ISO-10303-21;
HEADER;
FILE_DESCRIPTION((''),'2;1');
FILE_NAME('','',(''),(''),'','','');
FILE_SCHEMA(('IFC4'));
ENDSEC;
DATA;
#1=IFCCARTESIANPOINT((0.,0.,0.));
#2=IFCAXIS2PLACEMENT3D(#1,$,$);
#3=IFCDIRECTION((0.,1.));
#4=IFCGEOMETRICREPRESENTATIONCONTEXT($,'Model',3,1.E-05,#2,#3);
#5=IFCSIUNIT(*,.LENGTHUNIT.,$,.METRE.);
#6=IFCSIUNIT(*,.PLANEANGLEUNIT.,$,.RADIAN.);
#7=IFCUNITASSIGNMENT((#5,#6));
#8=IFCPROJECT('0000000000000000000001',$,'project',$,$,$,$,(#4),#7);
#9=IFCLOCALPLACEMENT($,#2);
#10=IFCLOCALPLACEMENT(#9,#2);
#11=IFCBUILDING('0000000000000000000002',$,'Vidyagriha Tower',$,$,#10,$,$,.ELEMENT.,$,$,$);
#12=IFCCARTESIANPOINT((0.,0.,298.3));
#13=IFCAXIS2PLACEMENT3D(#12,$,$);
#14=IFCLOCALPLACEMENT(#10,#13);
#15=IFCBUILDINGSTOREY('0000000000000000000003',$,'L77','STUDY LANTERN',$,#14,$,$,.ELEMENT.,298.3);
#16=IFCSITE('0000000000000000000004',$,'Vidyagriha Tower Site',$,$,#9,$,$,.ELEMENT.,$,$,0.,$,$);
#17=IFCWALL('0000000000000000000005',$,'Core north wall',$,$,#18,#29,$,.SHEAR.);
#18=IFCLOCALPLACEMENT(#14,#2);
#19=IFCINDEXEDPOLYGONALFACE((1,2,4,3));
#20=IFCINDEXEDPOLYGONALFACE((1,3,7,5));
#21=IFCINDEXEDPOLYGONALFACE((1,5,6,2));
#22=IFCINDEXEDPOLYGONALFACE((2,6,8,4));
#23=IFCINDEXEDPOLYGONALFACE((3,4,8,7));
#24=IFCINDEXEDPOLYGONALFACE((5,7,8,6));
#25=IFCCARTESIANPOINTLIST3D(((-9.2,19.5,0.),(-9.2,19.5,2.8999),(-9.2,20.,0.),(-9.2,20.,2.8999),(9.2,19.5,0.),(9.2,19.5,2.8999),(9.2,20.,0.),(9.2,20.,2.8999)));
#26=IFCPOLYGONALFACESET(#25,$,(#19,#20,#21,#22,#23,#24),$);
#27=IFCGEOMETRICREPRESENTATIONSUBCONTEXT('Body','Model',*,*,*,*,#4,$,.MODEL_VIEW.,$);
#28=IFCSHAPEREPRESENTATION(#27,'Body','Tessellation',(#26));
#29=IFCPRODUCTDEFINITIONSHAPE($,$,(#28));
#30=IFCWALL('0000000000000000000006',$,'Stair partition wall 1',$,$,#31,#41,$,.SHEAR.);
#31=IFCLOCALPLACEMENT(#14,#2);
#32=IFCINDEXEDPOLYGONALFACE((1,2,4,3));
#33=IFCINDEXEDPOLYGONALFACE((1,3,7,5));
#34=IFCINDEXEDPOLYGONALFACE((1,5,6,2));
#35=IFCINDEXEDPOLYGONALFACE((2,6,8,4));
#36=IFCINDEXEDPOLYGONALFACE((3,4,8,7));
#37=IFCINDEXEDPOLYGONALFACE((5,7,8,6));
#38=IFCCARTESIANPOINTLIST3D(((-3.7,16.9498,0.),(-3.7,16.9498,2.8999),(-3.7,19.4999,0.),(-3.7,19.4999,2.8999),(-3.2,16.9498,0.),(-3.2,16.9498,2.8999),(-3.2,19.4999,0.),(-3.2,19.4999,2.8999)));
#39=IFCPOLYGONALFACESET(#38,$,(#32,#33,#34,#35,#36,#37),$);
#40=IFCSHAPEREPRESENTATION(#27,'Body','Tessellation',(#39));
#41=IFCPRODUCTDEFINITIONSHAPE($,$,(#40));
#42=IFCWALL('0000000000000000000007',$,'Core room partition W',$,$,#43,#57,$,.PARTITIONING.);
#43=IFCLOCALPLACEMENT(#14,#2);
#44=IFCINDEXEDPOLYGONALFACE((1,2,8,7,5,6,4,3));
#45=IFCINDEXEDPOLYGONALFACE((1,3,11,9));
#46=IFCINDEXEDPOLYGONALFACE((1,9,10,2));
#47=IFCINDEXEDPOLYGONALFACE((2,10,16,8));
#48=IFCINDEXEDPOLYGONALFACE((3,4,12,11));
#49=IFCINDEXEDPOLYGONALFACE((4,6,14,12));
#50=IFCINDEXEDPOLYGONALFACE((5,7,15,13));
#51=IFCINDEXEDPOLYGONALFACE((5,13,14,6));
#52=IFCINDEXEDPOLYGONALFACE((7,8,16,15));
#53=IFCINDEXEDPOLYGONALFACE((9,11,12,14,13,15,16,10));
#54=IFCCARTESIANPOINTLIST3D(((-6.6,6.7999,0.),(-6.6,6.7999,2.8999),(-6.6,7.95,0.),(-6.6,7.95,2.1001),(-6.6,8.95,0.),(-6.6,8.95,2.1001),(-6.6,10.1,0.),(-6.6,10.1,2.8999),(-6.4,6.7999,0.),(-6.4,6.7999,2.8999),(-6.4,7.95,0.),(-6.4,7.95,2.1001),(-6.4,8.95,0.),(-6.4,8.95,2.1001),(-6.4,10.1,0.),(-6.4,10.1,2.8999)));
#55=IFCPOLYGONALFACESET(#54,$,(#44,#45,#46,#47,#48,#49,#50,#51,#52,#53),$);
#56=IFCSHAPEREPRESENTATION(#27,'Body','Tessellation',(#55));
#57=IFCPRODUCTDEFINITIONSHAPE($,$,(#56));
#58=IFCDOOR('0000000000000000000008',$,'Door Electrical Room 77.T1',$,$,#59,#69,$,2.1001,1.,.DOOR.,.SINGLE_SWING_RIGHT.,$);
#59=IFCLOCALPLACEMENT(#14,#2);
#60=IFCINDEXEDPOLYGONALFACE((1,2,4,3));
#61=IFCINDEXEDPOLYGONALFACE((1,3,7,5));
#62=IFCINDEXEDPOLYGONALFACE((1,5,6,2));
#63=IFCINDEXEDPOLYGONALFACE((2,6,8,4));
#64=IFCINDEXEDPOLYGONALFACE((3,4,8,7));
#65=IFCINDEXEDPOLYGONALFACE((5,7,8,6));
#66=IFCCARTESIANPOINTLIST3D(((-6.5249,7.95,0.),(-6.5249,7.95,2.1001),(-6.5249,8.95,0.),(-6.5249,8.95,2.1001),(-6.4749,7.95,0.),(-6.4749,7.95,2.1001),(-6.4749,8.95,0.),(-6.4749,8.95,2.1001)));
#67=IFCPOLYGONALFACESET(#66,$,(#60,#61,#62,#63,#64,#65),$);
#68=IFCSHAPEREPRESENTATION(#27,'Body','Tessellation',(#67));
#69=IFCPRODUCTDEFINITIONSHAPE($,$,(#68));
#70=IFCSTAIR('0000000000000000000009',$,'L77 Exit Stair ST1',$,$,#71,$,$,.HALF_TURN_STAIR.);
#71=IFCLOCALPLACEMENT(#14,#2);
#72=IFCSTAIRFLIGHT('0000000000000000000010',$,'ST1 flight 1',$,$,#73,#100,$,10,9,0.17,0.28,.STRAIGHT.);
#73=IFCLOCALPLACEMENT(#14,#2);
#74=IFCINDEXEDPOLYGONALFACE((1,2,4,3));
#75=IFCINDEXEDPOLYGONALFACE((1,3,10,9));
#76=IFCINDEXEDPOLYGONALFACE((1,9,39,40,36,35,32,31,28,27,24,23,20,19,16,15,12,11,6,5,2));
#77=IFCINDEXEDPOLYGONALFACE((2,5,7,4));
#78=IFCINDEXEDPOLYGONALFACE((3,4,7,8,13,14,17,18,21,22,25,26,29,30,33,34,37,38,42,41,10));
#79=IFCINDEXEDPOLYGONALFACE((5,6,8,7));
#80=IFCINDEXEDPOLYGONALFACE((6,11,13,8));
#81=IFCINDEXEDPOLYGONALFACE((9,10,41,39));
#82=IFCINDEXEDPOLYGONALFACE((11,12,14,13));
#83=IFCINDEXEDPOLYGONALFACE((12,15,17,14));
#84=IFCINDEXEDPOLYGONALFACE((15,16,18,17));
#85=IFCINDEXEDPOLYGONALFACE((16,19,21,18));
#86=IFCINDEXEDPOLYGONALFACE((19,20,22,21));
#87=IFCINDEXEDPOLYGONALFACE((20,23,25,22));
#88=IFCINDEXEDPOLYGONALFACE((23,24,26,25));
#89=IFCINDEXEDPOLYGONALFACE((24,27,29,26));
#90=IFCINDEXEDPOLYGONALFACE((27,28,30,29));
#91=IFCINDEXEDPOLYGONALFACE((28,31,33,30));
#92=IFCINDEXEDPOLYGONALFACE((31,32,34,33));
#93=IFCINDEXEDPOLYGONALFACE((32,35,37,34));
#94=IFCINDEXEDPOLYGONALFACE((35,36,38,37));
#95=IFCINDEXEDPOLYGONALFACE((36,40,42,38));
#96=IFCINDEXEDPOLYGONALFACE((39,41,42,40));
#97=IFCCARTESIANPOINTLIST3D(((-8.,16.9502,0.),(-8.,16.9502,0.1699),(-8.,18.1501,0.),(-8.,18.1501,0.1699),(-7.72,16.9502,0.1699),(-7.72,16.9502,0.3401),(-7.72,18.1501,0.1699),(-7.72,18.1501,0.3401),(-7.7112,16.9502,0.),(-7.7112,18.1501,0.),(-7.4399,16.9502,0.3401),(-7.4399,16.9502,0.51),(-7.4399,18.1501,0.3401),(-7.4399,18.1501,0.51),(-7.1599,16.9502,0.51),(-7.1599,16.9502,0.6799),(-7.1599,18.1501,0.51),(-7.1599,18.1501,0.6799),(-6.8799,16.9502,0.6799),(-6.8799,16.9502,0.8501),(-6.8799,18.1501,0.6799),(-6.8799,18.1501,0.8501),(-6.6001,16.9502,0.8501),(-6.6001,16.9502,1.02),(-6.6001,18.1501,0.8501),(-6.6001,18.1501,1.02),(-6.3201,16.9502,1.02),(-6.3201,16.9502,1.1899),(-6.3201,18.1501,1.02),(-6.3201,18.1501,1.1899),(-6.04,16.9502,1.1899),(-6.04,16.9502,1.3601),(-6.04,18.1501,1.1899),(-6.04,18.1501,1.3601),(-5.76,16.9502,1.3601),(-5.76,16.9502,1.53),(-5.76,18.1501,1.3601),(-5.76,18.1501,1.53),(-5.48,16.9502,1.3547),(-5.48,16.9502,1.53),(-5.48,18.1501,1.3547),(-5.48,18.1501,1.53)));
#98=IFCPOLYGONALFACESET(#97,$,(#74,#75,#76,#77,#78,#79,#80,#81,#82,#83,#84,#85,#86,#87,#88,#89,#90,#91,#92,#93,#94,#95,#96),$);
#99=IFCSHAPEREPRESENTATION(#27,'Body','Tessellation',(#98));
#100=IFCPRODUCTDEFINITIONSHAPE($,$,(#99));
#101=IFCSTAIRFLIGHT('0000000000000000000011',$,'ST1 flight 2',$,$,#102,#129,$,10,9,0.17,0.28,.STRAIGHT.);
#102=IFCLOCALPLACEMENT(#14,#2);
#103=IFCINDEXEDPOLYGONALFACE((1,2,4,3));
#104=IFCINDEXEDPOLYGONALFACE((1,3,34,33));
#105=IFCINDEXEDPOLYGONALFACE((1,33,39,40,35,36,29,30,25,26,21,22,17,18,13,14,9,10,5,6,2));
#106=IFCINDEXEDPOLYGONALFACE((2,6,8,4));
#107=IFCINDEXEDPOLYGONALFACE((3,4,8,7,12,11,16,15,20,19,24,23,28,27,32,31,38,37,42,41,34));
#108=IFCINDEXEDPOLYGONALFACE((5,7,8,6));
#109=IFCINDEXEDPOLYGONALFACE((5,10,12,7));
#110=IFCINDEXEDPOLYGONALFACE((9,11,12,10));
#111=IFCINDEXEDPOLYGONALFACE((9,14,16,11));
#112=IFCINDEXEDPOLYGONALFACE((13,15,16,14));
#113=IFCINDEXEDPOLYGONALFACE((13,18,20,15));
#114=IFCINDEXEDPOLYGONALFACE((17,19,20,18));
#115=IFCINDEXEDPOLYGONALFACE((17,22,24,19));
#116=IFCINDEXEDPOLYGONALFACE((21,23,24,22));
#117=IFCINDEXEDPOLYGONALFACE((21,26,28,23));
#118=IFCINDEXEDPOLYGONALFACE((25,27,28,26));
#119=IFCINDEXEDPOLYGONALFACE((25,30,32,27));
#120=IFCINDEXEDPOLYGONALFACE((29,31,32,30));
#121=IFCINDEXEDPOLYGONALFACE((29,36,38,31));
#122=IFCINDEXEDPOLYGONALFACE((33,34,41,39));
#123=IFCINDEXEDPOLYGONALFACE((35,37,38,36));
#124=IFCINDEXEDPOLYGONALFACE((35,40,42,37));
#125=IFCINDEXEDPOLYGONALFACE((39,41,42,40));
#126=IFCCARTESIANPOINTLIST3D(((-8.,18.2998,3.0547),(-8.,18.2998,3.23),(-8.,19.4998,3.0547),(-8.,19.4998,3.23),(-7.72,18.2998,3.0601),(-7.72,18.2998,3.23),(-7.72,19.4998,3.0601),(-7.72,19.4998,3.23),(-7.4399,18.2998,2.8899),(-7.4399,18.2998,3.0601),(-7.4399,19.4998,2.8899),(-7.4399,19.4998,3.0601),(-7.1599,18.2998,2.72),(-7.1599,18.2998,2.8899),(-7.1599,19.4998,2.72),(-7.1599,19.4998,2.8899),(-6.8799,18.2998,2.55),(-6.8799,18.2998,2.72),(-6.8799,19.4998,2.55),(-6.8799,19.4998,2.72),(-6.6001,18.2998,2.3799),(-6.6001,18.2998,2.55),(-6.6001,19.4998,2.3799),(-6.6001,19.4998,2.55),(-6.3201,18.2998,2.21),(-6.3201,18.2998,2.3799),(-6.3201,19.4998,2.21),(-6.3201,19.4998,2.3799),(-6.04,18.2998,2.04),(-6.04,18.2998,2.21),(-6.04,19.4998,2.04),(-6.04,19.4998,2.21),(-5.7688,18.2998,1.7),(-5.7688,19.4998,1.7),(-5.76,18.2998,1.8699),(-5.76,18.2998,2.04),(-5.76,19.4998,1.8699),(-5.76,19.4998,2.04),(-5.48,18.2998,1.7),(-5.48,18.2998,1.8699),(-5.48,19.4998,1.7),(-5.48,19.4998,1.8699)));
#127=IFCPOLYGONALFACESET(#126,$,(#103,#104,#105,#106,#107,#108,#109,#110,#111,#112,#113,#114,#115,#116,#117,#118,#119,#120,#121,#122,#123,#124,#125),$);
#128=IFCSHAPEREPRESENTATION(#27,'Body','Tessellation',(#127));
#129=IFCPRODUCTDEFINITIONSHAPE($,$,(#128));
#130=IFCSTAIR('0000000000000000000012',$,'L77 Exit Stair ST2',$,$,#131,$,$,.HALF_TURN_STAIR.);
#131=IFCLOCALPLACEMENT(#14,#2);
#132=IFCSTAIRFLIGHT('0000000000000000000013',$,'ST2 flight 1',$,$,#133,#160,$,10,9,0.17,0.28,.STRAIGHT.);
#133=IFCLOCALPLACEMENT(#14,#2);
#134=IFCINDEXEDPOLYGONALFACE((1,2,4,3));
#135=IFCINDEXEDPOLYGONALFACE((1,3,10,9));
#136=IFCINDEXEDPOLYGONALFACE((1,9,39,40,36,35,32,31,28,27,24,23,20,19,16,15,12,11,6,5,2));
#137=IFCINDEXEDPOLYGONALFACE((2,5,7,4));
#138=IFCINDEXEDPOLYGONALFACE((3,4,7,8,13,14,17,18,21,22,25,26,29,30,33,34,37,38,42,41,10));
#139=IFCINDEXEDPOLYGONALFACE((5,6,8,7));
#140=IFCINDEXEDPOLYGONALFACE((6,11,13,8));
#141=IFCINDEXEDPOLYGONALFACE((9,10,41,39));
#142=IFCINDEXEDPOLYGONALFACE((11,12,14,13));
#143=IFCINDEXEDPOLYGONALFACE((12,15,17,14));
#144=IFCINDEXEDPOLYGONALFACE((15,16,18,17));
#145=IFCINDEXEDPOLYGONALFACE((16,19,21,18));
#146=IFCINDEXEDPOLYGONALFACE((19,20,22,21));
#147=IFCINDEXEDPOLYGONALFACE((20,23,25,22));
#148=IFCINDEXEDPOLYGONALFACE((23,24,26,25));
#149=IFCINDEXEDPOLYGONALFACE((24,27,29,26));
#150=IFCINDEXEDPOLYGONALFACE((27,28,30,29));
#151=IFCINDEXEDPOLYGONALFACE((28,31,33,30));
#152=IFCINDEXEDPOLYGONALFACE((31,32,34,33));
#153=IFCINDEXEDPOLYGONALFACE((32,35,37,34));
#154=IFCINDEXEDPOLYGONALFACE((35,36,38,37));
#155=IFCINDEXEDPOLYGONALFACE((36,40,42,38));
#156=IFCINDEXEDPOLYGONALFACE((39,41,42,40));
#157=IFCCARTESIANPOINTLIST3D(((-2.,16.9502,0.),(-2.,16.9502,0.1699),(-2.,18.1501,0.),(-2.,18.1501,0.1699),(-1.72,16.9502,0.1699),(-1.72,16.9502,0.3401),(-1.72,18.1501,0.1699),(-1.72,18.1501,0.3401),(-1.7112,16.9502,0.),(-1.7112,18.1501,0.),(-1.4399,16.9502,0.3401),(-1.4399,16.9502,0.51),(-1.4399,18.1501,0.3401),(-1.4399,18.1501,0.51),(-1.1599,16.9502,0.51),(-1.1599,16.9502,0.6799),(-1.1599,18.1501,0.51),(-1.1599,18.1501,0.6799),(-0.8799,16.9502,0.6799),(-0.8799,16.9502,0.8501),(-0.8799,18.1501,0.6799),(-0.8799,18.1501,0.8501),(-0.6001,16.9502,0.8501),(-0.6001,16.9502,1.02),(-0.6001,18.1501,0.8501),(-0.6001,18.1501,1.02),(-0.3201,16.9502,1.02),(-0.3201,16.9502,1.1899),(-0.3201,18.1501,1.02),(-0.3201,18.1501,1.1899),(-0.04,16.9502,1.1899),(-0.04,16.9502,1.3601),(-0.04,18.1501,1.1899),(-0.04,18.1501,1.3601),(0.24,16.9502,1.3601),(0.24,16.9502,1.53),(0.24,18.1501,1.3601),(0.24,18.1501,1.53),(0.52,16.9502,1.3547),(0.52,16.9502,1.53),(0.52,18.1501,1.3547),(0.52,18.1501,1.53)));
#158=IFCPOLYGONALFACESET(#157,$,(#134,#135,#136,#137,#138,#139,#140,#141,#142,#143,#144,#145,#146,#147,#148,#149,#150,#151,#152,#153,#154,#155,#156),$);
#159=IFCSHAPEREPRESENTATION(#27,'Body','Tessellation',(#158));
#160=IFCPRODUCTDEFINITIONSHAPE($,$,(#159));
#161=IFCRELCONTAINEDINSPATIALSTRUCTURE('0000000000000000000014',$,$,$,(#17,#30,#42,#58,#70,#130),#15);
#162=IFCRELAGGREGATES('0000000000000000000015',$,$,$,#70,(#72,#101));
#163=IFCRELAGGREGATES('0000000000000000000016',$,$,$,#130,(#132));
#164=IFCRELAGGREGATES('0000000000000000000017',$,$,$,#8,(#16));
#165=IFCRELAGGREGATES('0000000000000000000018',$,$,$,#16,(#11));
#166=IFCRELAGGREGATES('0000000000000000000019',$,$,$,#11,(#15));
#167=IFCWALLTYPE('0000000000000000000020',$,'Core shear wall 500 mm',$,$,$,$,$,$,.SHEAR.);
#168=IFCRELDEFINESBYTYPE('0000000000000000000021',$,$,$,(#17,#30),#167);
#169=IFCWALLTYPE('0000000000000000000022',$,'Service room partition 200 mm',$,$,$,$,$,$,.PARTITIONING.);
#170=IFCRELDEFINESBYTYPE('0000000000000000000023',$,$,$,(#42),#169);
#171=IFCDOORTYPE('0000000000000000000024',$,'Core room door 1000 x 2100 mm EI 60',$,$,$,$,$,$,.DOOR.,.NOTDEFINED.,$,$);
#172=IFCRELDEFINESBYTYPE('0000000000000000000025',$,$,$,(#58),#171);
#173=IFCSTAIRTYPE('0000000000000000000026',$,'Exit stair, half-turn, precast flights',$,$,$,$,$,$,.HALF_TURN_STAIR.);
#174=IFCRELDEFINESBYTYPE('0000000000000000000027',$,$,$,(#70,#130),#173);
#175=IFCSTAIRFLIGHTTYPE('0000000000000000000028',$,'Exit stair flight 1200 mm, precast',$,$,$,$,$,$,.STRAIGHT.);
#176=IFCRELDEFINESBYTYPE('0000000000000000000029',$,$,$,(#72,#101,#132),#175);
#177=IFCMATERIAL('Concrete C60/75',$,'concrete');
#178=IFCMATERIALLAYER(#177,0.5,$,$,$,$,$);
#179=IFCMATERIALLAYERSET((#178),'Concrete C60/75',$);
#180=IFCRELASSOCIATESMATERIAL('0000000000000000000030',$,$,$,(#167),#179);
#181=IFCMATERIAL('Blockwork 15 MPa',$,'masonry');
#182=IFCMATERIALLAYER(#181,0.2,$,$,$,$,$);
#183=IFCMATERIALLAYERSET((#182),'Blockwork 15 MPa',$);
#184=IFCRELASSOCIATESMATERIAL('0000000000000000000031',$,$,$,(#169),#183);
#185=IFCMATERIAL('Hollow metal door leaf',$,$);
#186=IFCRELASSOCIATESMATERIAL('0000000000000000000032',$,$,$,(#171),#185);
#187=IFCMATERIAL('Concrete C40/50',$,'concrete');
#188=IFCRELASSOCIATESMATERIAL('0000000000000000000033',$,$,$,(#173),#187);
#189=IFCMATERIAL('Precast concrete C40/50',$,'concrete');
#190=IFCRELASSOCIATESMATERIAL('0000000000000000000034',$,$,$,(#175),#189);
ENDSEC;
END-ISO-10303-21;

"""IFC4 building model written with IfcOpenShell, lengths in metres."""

from ifc_helpers import new_model, si_unit, direction, frame, frame_2d, origin, place, context, subcontext, project, spatial, polyline, rectangle, outline, extrude, material, layer, layer_set, type_object, element, fill, aggregate, save


model = new_model("IFC4")

# Units and contexts
model_context = context("Model", 3, precision=1e-05, world=origin(), true_north=direction((0.0, 1.0)))
body_context = subcontext(model_context, "Body", "Model", "MODEL_VIEW")
ifc_project = project(units=[si_unit("LENGTHUNIT", "METRE"), si_unit("PLANEANGLEUNIT", "RADIAN")], contexts=[model_context])

# Site, building, storey
site_placement = place(None, origin())
site = spatial("IfcSite", under=ifc_project, at=site_placement, Name="Vidyagriha Tower Site", CompositionType="ELEMENT", RefElevation=0.0)
building_placement = place(site_placement, origin())
building = spatial("IfcBuilding", under=site, at=building_placement, Name="Vidyagriha Tower", CompositionType="ELEMENT")
storey_placement = place(building_placement, frame((0.0, 0.0, 298.3)))
storey = spatial("IfcBuildingStorey", under=building, at=storey_placement, Name="L77", Description="STUDY LANTERN", CompositionType="ELEMENT", Elevation=298.3)

# Walls
ifc_material_1 = material(Name="Concrete C60/75", Category="concrete")
ifc_layer_1 = layer(ifc_material_1, 0.5)
ifc_layer_set_1 = layer_set([ifc_layer_1], Name="Concrete C60/75")
wall_type_1 = type_object("IfcWallType", Name="Core shear wall 500 mm", PredefinedType="SHEAR", material=ifc_layer_set_1)
wall_1_placement = place(storey_placement, frame((-9.2, 19.75, 0.0)))
element("IfcWall", 1, at=wall_1_placement, inside=storey, type_object=wall_type_1, Name="Core north wall", PredefinedType="SHEAR", context=body_context, shape_type="SweptSolid", body=[
    extrude(rectangle(XDim=18.3999, YDim=0.5, at=frame_2d((9.2, 0.0))), origin(), (0.0, 0.0, 1.0), 2.8999),
])
wall_2_placement = place(storey_placement, frame((-3.45, 16.95, 0.0), z_axis=(0.0, 0.0, 1.0), x_axis=(0.0, 1.0, 0.0)))
element("IfcWall", 2, at=wall_2_placement, inside=storey, type_object=wall_type_1, Name="Stair partition wall 1", PredefinedType="SHEAR", context=body_context, shape_type="SweptSolid", body=[
    extrude(rectangle(XDim=2.55, YDim=0.5, at=frame_2d((1.2749, 0.0))), origin(), (0.0, 0.0, 1.0), 2.8999),
])

# Wall, opening, door
ifc_material_2 = material(Name="Blockwork 15 MPa", Category="masonry")
ifc_layer_2 = layer(ifc_material_2, 0.2)
ifc_layer_set_2 = layer_set([ifc_layer_2], Name="Blockwork 15 MPa")
wall_type_2 = type_object("IfcWallType", Name="Service room partition 200 mm", PredefinedType="PARTITIONING", material=ifc_layer_set_2)
wall_3_placement = place(storey_placement, frame((-6.5, 6.8, 0.0), z_axis=(0.0, 0.0, 1.0), x_axis=(0.0, 1.0, 0.0)))
wall_3 = element("IfcWall", 3, at=wall_3_placement, inside=storey, type_object=wall_type_2, Name="Core room partition W", PredefinedType="PARTITIONING", context=body_context, shape_type="SweptSolid", body=[
    extrude(rectangle(XDim=3.3, YDim=0.2, at=frame_2d((1.6499, 0.0))), origin(), (0.0, 0.0, 1.0), 2.8999),
])
opening_1_placement = place(wall_3_placement, frame((1.1499, 0.0, 0.0)))
opening_1 = element("IfcOpeningElement", 4, at=opening_1_placement, cuts=wall_3, PredefinedType="OPENING", context=body_context, shape_type="SweptSolid", body=[
    extrude(rectangle(XDim=1.0, YDim=2.1001, at=frame_2d((0.5, 1.05))), frame((0.0, 0.1099, 0.0), z_axis=(0.0, -1.0, 0.0), x_axis=(1.0, 0.0, 0.0)), (0.0, 0.0, 1.0), 0.22),
])
ifc_material_3 = material(Name="Hollow metal door leaf")
door_type_1 = type_object("IfcDoorType", Name="Core room door 1000 x 2100 mm EI 60", OperationType="NOTDEFINED", PredefinedType="DOOR", material=ifc_material_3)
door_1_placement = place(opening_1_placement, origin())
door_1 = element("IfcDoor", 5, at=door_1_placement, inside=storey, type_object=door_type_1, Name="Door Electrical Room 77.T1", OperationType="SINGLE_SWING_RIGHT", OverallHeight=2.1001, OverallWidth=1.0, PredefinedType="DOOR", context=body_context, shape_type="SweptSolid", body=[
    extrude(rectangle(XDim=1.0, YDim=2.1001, at=frame_2d((0.5, 1.05))), frame((0.0, 0.0249, 0.0), z_axis=(0.0, -1.0, 0.0), x_axis=(1.0, 0.0, 0.0)), (0.0, 0.0, 1.0), 0.05),
])
fill(opening_1, door_1)

# Stair, stair flights
ifc_material_4 = material(Name="Concrete C40/50", Category="concrete")
stair_type = type_object("IfcStairType", Name="Exit stair, half-turn, precast flights", PredefinedType="HALF_TURN_STAIR", material=ifc_material_4)
stair_1_placement = place(storey_placement, origin())
stair_1 = element("IfcStair", 6, at=stair_1_placement, inside=storey, type_object=stair_type, Name="L77 Exit Stair ST1", PredefinedType="HALF_TURN_STAIR")
ifc_material_5 = material(Name="Precast concrete C40/50", Category="concrete")
stair_flight_type = type_object("IfcStairFlightType", Name="Exit stair flight 1200 mm, precast", PredefinedType="STRAIGHT", material=ifc_material_5)
stair_flight_1_placement = place(storey_placement, frame((-8.0, 17.55, 0.0)))
stair_flight_1 = element("IfcStairFlight", 7, at=stair_flight_1_placement, type_object=stair_flight_type, Name="ST1 flight 1", NumberOfRisers=10, NumberOfTreads=9, PredefinedType="STRAIGHT", RiserHeight=0.17, TreadLength=0.28, context=body_context, shape_type="SweptSolid", body=[
    extrude(outline(polyline([(0.0, 0.0), (0.0, 0.1699), (0.28, 0.1699), (0.28, 0.3401), (0.5601, 0.3401), (0.5601, 0.51), (0.8401, 0.51), (0.8401, 0.6799), (1.1201, 0.6799), (1.1201, 0.8501), (1.3999, 0.8501), (1.3999, 1.02), (1.6799, 1.02), (1.6799, 1.1899), (1.96, 1.1899), (1.96, 1.3601), (2.24, 1.3601), (2.24, 1.53), (2.52, 1.53), (2.52, 1.7), (2.52, 1.3547), (0.2888, 0.0), (0.0, 0.0)])), frame((0.0, 0.6001, 0.0), z_axis=(0.0, -1.0, 0.0), x_axis=(1.0, 0.0, 0.0)), (0.0, 0.0, 1.0), 1.2),
])
stair_flight_2_placement = place(storey_placement, frame((-5.48, 18.8999, 1.7), z_axis=(0.0, 0.0, 1.0), x_axis=(-1.0, 0.0, 0.0)))
stair_flight_2 = element("IfcStairFlight", 8, at=stair_flight_2_placement, type_object=stair_flight_type, Name="ST1 flight 2", NumberOfRisers=10, NumberOfTreads=9, PredefinedType="STRAIGHT", RiserHeight=0.17, TreadLength=0.28, context=body_context, shape_type="SweptSolid", body=[
    extrude(outline(polyline([(0.0, 0.0), (0.0, 0.1699), (0.28, 0.1699), (0.28, 0.3401), (0.5601, 0.3401), (0.5601, 0.51), (0.8401, 0.51), (0.8401, 0.6799), (1.1201, 0.6799), (1.1201, 0.8501), (1.3999, 0.8501), (1.3999, 1.02), (1.6799, 1.02), (1.6799, 1.1899), (1.96, 1.1899), (1.96, 1.3601), (2.24, 1.3601), (2.24, 1.53), (2.52, 1.53), (2.52, 1.7), (2.52, 1.3547), (0.2888, 0.0), (0.0, 0.0)])), frame((0.0, 0.6001, 0.0), z_axis=(0.0, -1.0, 0.0), x_axis=(1.0, 0.0, 0.0)), (0.0, 0.0, 1.0), 1.2),
])
aggregate(stair_1, [stair_flight_1, stair_flight_2])

# Stair, stair flight
stair_2_placement = place(storey_placement, origin())
stair_2 = element("IfcStair", 9, at=stair_2_placement, inside=storey, type_object=stair_type, Name="L77 Exit Stair ST2", PredefinedType="HALF_TURN_STAIR")
stair_flight_3_placement = place(storey_placement, frame((-2.0, 17.55, 0.0)))
stair_flight_3 = element("IfcStairFlight", 10, at=stair_flight_3_placement, type_object=stair_flight_type, Name="ST2 flight 1", NumberOfRisers=10, NumberOfTreads=9, PredefinedType="STRAIGHT", RiserHeight=0.17, TreadLength=0.28, context=body_context, shape_type="SweptSolid", body=[
    extrude(outline(polyline([(0.0, 0.0), (0.0, 0.1699), (0.28, 0.1699), (0.28, 0.3401), (0.5601, 0.3401), (0.5601, 0.51), (0.8401, 0.51), (0.8401, 0.6799), (1.1201, 0.6799), (1.1201, 0.8501), (1.3999, 0.8501), (1.3999, 1.02), (1.6799, 1.02), (1.6799, 1.1899), (1.96, 1.1899), (1.96, 1.3601), (2.24, 1.3601), (2.24, 1.53), (2.52, 1.53), (2.52, 1.7), (2.52, 1.3547), (0.2888, 0.0), (0.0, 0.0)])), frame((0.0, 0.6001, 0.0), z_axis=(0.0, -1.0, 0.0), x_axis=(1.0, 0.0, 0.0)), (0.0, 0.0, 1.0), 1.2),
])
aggregate(stair_2, [stair_flight_3])

save(model, "model.ifc")
